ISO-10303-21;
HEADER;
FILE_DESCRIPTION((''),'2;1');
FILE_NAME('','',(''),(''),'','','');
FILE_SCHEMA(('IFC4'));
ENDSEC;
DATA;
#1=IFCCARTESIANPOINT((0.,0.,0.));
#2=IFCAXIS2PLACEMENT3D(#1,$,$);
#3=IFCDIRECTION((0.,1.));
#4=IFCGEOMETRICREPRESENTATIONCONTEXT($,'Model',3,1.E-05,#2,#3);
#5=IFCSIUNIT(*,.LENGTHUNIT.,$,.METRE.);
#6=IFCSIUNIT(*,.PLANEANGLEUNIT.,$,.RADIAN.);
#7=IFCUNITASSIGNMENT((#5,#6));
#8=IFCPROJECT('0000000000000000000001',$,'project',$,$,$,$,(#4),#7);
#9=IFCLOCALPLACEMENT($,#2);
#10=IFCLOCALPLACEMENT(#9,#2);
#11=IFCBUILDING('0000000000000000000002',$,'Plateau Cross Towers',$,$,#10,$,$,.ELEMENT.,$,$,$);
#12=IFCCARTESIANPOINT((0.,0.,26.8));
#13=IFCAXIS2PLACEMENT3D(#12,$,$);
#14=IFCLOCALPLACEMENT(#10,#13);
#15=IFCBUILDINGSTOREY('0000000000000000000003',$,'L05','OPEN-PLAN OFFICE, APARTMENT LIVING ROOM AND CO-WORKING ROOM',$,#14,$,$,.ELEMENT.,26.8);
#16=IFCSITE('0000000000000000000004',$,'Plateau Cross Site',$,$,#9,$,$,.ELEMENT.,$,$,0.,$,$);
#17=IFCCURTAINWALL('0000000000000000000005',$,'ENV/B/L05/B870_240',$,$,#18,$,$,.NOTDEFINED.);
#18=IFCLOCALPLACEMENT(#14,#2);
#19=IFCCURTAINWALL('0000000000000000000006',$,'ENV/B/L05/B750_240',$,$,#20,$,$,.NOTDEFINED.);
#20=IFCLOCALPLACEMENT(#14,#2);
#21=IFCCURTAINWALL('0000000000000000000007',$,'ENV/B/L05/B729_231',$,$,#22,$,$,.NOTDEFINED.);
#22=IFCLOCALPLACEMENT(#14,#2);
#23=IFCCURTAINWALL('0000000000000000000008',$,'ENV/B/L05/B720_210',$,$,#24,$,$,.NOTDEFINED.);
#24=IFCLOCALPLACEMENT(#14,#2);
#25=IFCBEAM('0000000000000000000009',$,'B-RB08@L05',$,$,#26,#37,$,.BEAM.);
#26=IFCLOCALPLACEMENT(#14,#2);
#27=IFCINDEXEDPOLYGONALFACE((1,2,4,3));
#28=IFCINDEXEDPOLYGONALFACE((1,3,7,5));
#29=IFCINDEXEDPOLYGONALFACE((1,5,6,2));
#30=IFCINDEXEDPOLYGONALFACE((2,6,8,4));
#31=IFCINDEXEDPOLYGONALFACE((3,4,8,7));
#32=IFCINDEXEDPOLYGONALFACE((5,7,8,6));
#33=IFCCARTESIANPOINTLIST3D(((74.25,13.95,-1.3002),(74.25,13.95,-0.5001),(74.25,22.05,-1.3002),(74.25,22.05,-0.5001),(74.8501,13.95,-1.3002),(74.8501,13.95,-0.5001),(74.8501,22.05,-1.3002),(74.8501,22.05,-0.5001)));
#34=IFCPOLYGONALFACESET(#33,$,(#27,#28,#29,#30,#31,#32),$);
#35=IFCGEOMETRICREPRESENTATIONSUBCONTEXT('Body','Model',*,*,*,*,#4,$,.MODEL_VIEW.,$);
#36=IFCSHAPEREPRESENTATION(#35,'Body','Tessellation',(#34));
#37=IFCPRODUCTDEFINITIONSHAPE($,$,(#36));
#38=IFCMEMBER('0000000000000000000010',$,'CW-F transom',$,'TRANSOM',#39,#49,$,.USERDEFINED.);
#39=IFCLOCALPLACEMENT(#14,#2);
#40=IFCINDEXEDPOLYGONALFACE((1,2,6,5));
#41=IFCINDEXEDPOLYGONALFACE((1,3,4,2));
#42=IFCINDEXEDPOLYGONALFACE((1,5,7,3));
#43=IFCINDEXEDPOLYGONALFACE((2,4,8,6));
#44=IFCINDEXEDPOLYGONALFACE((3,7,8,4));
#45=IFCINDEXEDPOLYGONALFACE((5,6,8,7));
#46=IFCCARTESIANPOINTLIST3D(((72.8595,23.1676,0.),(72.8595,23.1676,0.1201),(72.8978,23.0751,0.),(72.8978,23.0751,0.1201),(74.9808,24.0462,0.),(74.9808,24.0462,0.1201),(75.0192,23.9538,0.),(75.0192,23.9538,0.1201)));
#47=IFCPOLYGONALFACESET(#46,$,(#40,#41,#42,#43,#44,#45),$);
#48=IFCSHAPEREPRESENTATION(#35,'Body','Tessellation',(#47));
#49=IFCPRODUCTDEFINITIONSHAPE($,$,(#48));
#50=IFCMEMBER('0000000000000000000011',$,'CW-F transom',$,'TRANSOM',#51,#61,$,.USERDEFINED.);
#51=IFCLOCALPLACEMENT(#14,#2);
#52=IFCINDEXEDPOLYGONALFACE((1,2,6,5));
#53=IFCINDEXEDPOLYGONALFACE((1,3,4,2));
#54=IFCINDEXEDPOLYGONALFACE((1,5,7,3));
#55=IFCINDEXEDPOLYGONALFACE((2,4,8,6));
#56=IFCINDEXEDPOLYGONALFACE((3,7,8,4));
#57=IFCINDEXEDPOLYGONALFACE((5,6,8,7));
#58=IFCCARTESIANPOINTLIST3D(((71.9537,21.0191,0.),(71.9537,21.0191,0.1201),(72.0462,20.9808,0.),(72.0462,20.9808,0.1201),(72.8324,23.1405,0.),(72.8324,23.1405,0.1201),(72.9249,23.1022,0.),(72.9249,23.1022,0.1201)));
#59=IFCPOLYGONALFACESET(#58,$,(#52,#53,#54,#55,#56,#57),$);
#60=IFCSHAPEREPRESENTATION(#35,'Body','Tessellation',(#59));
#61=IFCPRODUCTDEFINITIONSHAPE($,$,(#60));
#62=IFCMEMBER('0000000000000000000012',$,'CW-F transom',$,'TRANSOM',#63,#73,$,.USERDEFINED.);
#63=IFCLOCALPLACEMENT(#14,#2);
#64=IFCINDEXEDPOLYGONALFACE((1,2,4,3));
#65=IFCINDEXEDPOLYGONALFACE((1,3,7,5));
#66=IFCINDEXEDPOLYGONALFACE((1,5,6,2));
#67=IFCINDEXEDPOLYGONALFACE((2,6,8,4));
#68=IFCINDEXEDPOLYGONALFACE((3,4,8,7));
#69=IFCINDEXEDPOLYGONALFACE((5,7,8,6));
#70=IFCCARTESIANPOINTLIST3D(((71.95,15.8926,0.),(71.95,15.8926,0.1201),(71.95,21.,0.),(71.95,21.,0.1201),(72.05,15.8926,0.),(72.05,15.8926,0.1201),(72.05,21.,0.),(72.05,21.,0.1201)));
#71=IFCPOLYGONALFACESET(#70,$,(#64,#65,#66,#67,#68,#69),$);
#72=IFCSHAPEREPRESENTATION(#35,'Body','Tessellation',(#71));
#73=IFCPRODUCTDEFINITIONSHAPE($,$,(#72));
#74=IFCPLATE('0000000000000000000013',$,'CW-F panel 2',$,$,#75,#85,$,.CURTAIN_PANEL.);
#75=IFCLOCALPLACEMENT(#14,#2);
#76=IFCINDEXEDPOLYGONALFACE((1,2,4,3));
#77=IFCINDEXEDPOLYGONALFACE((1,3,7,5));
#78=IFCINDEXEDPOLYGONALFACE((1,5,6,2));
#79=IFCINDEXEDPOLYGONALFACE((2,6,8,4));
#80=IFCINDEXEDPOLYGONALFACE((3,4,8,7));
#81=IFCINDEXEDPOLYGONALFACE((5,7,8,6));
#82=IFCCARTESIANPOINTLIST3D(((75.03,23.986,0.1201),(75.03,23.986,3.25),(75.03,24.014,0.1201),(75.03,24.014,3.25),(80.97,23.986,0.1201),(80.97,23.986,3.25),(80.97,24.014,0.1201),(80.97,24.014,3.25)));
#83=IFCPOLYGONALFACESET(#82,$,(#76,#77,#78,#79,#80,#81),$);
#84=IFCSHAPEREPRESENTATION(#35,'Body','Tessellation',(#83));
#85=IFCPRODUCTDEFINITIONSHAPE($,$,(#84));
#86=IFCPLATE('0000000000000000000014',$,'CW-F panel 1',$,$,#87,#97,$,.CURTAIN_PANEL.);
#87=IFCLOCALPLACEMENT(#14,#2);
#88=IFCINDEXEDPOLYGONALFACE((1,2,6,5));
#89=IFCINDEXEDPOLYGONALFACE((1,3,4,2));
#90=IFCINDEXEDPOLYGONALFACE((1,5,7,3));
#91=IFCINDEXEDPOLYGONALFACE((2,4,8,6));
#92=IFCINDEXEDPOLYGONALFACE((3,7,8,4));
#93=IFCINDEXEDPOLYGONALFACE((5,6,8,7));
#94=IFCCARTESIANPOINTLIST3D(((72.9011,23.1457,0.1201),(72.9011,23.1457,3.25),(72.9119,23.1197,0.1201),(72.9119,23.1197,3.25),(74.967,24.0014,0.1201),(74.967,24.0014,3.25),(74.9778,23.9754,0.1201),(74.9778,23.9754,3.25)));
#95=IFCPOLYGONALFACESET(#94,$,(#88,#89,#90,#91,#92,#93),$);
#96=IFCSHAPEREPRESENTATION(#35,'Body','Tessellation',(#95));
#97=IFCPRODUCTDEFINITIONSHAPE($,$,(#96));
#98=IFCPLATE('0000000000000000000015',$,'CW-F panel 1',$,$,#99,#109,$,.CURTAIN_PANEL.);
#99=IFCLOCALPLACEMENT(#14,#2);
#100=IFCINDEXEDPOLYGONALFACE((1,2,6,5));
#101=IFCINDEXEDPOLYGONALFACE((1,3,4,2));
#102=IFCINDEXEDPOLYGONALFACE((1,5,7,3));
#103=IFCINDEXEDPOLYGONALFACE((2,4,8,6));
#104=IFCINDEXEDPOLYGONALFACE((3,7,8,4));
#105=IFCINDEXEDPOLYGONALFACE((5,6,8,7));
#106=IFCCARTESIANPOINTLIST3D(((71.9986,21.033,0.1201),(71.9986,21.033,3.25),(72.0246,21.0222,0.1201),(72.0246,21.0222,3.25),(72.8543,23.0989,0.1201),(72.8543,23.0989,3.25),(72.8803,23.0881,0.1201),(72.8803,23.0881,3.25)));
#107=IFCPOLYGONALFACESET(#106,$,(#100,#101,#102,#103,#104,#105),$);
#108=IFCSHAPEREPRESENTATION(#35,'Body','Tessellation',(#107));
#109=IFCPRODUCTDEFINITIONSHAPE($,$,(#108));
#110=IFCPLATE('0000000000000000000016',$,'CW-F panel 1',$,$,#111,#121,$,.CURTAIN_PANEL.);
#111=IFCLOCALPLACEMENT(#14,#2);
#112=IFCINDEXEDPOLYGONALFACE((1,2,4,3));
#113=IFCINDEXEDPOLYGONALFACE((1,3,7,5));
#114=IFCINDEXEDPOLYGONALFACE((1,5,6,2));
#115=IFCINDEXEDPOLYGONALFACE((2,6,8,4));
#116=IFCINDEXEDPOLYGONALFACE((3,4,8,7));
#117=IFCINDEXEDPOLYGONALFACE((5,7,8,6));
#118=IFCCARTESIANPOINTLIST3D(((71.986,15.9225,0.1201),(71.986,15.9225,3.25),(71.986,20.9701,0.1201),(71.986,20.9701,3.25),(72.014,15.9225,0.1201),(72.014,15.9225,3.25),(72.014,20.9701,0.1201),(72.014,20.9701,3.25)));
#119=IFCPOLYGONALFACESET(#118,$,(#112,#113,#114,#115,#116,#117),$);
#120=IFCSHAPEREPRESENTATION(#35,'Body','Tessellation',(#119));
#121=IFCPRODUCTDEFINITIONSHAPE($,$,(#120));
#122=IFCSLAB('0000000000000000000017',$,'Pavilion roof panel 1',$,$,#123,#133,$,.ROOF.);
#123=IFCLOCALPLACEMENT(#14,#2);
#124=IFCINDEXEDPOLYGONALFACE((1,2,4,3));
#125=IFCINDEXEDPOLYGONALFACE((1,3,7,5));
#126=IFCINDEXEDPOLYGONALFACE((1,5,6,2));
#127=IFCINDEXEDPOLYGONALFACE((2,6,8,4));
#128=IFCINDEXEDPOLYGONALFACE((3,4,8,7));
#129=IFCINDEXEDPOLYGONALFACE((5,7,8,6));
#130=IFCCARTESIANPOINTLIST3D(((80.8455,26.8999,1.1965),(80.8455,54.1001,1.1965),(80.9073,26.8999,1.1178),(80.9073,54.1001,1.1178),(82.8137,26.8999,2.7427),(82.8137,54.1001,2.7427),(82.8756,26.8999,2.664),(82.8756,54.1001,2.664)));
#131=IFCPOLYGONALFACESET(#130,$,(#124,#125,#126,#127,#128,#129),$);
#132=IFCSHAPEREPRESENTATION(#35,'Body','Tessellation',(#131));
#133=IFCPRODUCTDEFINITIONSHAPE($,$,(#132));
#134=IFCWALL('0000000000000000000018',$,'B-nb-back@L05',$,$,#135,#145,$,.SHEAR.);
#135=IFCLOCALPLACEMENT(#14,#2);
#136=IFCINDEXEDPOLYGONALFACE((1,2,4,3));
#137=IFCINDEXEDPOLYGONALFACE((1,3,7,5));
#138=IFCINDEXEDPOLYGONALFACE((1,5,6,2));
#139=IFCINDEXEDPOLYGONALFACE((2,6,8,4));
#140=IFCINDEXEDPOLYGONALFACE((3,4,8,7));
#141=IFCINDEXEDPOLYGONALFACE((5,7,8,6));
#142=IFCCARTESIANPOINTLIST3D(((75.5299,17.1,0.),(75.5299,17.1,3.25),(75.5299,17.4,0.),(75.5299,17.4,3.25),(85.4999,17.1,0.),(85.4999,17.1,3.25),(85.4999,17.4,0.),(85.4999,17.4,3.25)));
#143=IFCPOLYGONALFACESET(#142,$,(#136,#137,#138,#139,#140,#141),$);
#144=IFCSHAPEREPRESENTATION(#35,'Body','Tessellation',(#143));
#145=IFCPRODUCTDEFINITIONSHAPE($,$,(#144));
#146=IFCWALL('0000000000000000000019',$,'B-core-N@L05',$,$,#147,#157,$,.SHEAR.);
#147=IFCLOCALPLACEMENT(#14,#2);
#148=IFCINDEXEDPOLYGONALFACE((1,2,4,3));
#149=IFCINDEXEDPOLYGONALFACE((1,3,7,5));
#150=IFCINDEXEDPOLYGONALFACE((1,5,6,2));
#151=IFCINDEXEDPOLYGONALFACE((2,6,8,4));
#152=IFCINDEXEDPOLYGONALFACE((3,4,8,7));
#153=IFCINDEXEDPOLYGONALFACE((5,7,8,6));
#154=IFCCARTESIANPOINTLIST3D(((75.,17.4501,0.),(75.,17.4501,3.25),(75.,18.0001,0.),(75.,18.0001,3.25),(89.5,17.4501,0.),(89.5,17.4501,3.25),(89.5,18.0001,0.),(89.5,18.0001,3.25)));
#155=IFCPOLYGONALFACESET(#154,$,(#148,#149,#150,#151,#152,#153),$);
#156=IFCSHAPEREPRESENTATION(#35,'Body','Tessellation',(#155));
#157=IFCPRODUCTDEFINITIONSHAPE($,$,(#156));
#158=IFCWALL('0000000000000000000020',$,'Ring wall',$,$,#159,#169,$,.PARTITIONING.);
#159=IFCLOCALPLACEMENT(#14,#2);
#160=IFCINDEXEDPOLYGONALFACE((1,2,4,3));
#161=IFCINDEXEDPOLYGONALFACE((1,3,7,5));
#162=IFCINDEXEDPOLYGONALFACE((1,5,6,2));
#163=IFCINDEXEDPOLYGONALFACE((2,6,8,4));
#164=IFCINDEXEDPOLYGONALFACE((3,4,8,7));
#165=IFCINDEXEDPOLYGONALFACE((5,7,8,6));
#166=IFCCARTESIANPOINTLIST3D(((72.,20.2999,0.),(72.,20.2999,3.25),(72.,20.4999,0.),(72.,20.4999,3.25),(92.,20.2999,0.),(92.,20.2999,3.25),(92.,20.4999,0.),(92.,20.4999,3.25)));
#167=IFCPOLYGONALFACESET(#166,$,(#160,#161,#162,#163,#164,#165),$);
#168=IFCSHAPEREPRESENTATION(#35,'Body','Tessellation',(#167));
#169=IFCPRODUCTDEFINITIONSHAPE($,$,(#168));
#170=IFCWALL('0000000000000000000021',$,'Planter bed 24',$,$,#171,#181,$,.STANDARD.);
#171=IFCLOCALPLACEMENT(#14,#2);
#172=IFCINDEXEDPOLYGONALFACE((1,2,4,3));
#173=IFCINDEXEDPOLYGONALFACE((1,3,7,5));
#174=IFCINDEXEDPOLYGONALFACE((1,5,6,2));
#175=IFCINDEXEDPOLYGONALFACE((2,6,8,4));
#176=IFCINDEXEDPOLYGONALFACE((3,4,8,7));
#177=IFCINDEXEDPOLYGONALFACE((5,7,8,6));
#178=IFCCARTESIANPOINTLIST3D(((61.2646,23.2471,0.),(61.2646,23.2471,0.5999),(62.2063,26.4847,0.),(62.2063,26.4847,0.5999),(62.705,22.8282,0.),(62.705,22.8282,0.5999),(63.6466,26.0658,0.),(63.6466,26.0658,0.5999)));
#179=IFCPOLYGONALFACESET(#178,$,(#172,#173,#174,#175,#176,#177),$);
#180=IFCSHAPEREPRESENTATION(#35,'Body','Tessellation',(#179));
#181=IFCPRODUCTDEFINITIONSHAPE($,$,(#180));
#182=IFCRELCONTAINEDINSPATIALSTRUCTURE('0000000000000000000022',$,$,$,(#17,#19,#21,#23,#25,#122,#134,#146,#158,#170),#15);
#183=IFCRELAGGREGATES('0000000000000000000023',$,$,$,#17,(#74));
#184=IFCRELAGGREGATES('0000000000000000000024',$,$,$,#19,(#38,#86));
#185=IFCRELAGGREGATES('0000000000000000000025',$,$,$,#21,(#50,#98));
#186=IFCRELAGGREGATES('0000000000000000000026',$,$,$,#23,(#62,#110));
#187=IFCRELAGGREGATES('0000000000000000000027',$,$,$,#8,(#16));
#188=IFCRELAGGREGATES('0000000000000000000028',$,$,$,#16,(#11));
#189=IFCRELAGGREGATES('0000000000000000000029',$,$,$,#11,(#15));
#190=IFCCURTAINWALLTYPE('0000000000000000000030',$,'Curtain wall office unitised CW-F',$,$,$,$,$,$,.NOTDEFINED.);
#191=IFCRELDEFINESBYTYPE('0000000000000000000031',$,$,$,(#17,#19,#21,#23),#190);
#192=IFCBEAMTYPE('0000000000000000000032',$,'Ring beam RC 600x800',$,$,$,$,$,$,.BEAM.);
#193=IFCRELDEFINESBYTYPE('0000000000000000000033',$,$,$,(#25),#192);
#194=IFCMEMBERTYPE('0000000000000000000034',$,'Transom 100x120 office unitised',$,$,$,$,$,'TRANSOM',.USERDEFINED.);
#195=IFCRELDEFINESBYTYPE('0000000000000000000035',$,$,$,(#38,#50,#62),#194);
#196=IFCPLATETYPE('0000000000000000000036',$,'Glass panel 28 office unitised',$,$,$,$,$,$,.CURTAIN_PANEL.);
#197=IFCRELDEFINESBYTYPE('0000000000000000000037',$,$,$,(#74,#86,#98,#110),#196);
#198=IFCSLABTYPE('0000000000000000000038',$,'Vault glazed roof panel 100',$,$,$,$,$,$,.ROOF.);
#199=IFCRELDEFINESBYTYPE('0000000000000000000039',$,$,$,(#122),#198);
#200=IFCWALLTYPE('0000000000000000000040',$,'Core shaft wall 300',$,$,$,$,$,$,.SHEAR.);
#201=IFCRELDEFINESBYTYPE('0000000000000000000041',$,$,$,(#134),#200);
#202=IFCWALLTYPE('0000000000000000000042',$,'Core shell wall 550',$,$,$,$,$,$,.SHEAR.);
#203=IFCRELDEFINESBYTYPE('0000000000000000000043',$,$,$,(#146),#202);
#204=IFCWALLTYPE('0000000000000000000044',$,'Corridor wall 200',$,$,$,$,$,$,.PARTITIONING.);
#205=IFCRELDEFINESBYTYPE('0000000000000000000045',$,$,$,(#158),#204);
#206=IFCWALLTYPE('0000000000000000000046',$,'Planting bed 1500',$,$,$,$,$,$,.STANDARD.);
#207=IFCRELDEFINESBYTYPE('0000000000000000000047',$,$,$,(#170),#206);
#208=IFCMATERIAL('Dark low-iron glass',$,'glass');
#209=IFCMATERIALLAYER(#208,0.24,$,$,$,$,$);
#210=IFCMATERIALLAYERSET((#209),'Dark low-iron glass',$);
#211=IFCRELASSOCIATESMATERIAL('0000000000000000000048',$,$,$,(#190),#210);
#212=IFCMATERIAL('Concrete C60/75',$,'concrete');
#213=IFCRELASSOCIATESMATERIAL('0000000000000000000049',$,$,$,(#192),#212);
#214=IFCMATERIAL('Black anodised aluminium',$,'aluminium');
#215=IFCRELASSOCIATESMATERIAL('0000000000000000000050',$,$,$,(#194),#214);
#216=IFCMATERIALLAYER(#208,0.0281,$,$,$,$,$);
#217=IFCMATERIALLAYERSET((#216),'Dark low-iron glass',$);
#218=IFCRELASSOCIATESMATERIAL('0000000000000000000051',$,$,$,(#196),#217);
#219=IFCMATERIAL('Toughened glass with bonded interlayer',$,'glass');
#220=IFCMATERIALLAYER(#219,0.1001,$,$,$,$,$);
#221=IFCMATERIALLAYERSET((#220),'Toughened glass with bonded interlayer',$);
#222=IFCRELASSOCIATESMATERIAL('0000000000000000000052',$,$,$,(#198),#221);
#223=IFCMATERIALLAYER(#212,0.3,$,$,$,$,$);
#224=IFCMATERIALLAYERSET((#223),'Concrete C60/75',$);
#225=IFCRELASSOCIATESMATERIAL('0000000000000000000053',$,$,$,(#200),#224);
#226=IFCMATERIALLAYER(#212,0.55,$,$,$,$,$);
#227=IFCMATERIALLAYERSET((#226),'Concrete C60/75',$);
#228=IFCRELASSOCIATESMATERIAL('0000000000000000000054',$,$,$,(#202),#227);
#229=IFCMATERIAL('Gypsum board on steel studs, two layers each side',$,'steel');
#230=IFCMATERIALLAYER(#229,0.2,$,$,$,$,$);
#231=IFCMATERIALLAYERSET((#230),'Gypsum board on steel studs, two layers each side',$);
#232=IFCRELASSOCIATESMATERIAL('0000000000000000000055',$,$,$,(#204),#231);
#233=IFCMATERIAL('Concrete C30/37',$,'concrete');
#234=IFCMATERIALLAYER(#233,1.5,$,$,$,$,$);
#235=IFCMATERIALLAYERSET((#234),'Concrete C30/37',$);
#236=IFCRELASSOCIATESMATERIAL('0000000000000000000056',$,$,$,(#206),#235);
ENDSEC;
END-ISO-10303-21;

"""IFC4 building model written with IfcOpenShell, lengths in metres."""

from ifc_helpers import new_model, si_unit, direction, frame, frame_2d, origin, origin_2d, place, context, subcontext, project, spatial, polyline, rectangle, outline, extrude, material, layer, layer_set, material_profile, profile_set, type_object, element, aggregate, save


model = new_model("IFC4")

# Units and contexts
model_context = context("Model", 3, precision=1e-05, world=origin(), true_north=direction((0.0, 1.0)))
body_context = subcontext(model_context, "Body", "Model", "MODEL_VIEW")
ifc_project = project(units=[si_unit("LENGTHUNIT", "METRE"), si_unit("PLANEANGLEUNIT", "RADIAN")], contexts=[model_context])

# Site, building, storey
site_placement = place(None, origin())
site = spatial("IfcSite", under=ifc_project, at=site_placement, Name="Plateau Cross Site", CompositionType="ELEMENT", RefElevation=0.0)
building_placement = place(site_placement, origin())
building = spatial("IfcBuilding", under=site, at=building_placement, Name="Plateau Cross Towers", CompositionType="ELEMENT")
storey_placement = place(building_placement, frame((0.0, 0.0, 26.8)))
storey = spatial("IfcBuildingStorey", under=building, at=storey_placement, Name="L05", Description="OPEN-PLAN OFFICE, APARTMENT LIVING ROOM AND CO-WORKING ROOM", CompositionType="ELEMENT", Elevation=26.8)

# Shared definitions
ifc_material_1 = material(Name="Concrete C60/75", Category="concrete")

# Curtain walls
ifc_material_2 = material(Name="Dark low-iron glass", Category="glass")
ifc_layer_1 = layer(ifc_material_2, 0.24)
ifc_layer_set_1 = layer_set([ifc_layer_1], Name="Dark low-iron glass")
curtain_wall_type = type_object("IfcCurtainWallType", Name="Curtain wall office unitised CW-F", PredefinedType="NOTDEFINED", material=ifc_layer_set_1)
curtain_wall_1_placement = place(storey_placement, origin())
curtain_wall_1 = element("IfcCurtainWall", 1, at=curtain_wall_1_placement, inside=storey, type_object=curtain_wall_type, Name="ENV/B/L05/B870_240", PredefinedType="NOTDEFINED")
ifc_material_3 = material(Name="Black anodised aluminium", Category="aluminium")
curtain_wall_2_placement = place(storey_placement, origin())
curtain_wall_2 = element("IfcCurtainWall", 2, at=curtain_wall_2_placement, inside=storey, type_object=curtain_wall_type, Name="ENV/B/L05/B750_240", PredefinedType="NOTDEFINED")
curtain_wall_3_placement = place(storey_placement, origin())
curtain_wall_3 = element("IfcCurtainWall", 3, at=curtain_wall_3_placement, inside=storey, type_object=curtain_wall_type, Name="ENV/B/L05/B729_231", PredefinedType="NOTDEFINED")
curtain_wall_4_placement = place(storey_placement, origin())
curtain_wall_4 = element("IfcCurtainWall", 4, at=curtain_wall_4_placement, inside=storey, type_object=curtain_wall_type, Name="ENV/B/L05/B720_210", PredefinedType="NOTDEFINED")

# Beam
ifc_material_profile_1 = material_profile(ifc_material_1, rectangle(XDim=0.6001, YDim=0.8, at=origin_2d()), Name="RC 600x800")
ifc_profile_set_1 = profile_set([ifc_material_profile_1], Name="Concrete C60/75")
beam_type = type_object("IfcBeamType", Name="Ring beam RC 600x800", PredefinedType="BEAM", material=ifc_profile_set_1)
beam_placement = place(storey_placement, frame((74.55, 22.05, -0.9001), z_axis=(0.0, -1.0, 0.0), x_axis=(1.0, 0.0, 0.0)))
element("IfcBeam", 5, at=beam_placement, inside=storey, type_object=beam_type, Name="B-RB08@L05", PredefinedType="BEAM", context=body_context, shape_type="SweptSolid", body=[
    extrude(rectangle(XDim=0.6001, YDim=0.8, at=origin_2d()), origin(), (0.0, 0.0, 1.0), 8.1001),
])

# Members
ifc_material_profile_2 = material_profile(ifc_material_3, rectangle(XDim=0.1001, YDim=0.1201, at=origin_2d()), Name="TRANSOM 100x120")
ifc_profile_set_2 = profile_set([ifc_material_profile_2], Name="Black anodised aluminium")
member_type_1 = type_object("IfcMemberType", Name="Transom 100x120 office unitised", ElementType="TRANSOM", PredefinedType="USERDEFINED", material=ifc_profile_set_2)
member_1_placement = place(storey_placement, frame((75.0, 24.0, 0.0601), z_axis=(-0.923883, -0.382674, 0.0), x_axis=(0.382674, -0.923883, 0.0)))
member_1 = element("IfcMember", 6, at=member_1_placement, type_object=member_type_1, Name="CW-F transom", ObjectType="TRANSOM", PredefinedType="USERDEFINED", context=body_context, shape_type="SweptSolid", body=[
    extrude(rectangle(XDim=0.1001, YDim=0.1201, at=origin_2d()), origin(), (0.0, 0.0, 1.0), 2.2961),
])
member_2_placement = place(storey_placement, frame((72.8787, 23.1213, 0.0601), z_axis=(-0.382674, -0.923883, 0.0), x_axis=(0.923883, -0.382674, 0.0)))
member_2 = element("IfcMember", 7, at=member_2_placement, type_object=member_type_1, Name="CW-F transom", ObjectType="TRANSOM", PredefinedType="USERDEFINED", context=body_context, shape_type="SweptSolid", body=[
    extrude(rectangle(XDim=0.1001, YDim=0.1201, at=origin_2d()), origin(), (0.0, 0.0, 1.0), 2.2961),
])
member_3_placement = place(storey_placement, frame((72.0, 21.0, 0.0601), z_axis=(0.0, -1.0, 0.0), x_axis=(1.0, 0.0, 0.0)))
member_3 = element("IfcMember", 8, at=member_3_placement, type_object=member_type_1, Name="CW-F transom", ObjectType="TRANSOM", PredefinedType="USERDEFINED", context=body_context, shape_type="SweptSolid", body=[
    extrude(rectangle(XDim=0.1001, YDim=0.1201, at=origin_2d()), origin(), (0.0, 0.0, 1.0), 5.1074),
])

# Plates
ifc_layer_2 = layer(ifc_material_2, 0.0281)
ifc_layer_set_2 = layer_set([ifc_layer_2], Name="Dark low-iron glass")
plate_type = type_object("IfcPlateType", Name="Glass panel 28 office unitised", PredefinedType="CURTAIN_PANEL", material=ifc_layer_set_2)
plate_1_placement = place(storey_placement, frame((78.0, 24.0, 0.1201), z_axis=(0.0, 0.0, 1.0), x_axis=(-1.0, 0.0, 0.0)))
plate_1 = element("IfcPlate", 9, at=plate_1_placement, type_object=plate_type, Name="CW-F panel 2", PredefinedType="CURTAIN_PANEL", context=body_context, shape_type="SweptSolid", body=[
    extrude(rectangle(XDim=5.9399, YDim=0.0281, at=origin_2d()), origin(), (0.0, 0.0, 1.0), 3.1299),
])
aggregate(curtain_wall_1, [plate_1])
plate_2_placement = place(storey_placement, frame((73.9395, 23.5605, 0.1201), z_axis=(0.0, 0.0, 1.0), x_axis=(-0.923879, -0.382684, 0.0)))
plate_2 = element("IfcPlate", 10, at=plate_2_placement, type_object=plate_type, Name="CW-F panel 1", PredefinedType="CURTAIN_PANEL", context=body_context, shape_type="SweptSolid", body=[
    extrude(rectangle(XDim=2.2361, YDim=0.0281, at=origin_2d()), origin(), (0.0, 0.0, 1.0), 3.1299),
])
aggregate(curtain_wall_2, [member_1, plate_2])
plate_3_placement = place(storey_placement, frame((72.4395, 22.0605, 0.1201), z_axis=(0.0, 0.0, 1.0), x_axis=(-0.382684, -0.923879, 0.0)))
plate_3 = element("IfcPlate", 11, at=plate_3_placement, type_object=plate_type, Name="CW-F panel 1", PredefinedType="CURTAIN_PANEL", context=body_context, shape_type="SweptSolid", body=[
    extrude(rectangle(XDim=2.2361, YDim=0.0281, at=origin_2d()), origin(), (0.0, 0.0, 1.0), 3.1299),
])
aggregate(curtain_wall_3, [member_2, plate_3])
plate_4_placement = place(storey_placement, frame((72.0, 18.4463, 0.1201), z_axis=(0.0, 0.0, 1.0), x_axis=(0.0, -1.0, 0.0)))
plate_4 = element("IfcPlate", 12, at=plate_4_placement, type_object=plate_type, Name="CW-F panel 1", PredefinedType="CURTAIN_PANEL", context=body_context, shape_type="SweptSolid", body=[
    extrude(rectangle(XDim=5.0476, YDim=0.0281, at=origin_2d()), origin(), (0.0, 0.0, 1.0), 3.1299),
])
aggregate(curtain_wall_4, [member_3, plate_4])

# Slab
ifc_material_4 = material(Name="Toughened glass with bonded interlayer", Category="glass")
ifc_layer_3 = layer(ifc_material_4, 0.1001)
ifc_layer_set_3 = layer_set([ifc_layer_3], Name="Toughened glass with bonded interlayer")
slab_type = type_object("IfcSlabType", Name="Vault glazed roof panel 100", PredefinedType="ROOF", material=ifc_layer_set_3)
slab_placement = place(storey_placement, frame((80.8455, 26.8999, 1.1965), z_axis=(-0.617735, 0.0, 0.786386), x_axis=(0.786386, 0.0, 0.617735)))
element("IfcSlab", 13, at=slab_placement, inside=storey, type_object=slab_type, Name="Pavilion roof panel 1", PredefinedType="ROOF", context=body_context, shape_type="SweptSolid", body=[
    extrude(outline(polyline([(0.0, 0.0), (2.5029, 0.0), (2.5029, 27.2002), (0.0, 27.2002), (0.0, 0.0)])), origin(), (0.0, 0.0, -1.0), 0.1001),
])

# Walls
ifc_layer_4 = layer(ifc_material_1, 0.3)
ifc_layer_set_4 = layer_set([ifc_layer_4], Name="Concrete C60/75")
wall_type_1 = type_object("IfcWallType", Name="Core shaft wall 300", PredefinedType="SHEAR", material=ifc_layer_set_4)
wall_1_placement = place(storey_placement, frame((75.53, 17.25, 0.0), z_axis=(0.0, 0.0, 1.0), x_axis=(1.0, 0.0, 0.0)))
element("IfcWall", 14, at=wall_1_placement, inside=storey, type_object=wall_type_1, Name="B-nb-back@L05", PredefinedType="SHEAR", context=body_context, shape_type="SweptSolid", body=[
    extrude(rectangle(XDim=9.97, YDim=0.3, at=frame_2d((4.9849, 0.0))), origin(), (0.0, 0.0, 1.0), 3.25),
])
ifc_layer_5 = layer(ifc_material_1, 0.55)
ifc_layer_set_5 = layer_set([ifc_layer_5], Name="Concrete C60/75")
wall_type_2 = type_object("IfcWallType", Name="Core shell wall 550", PredefinedType="SHEAR", material=ifc_layer_set_5)
wall_2_placement = place(storey_placement, frame((75.0, 17.7251, 0.0), z_axis=(0.0, 0.0, 1.0), x_axis=(1.0, 0.0, 0.0)))
element("IfcWall", 15, at=wall_2_placement, inside=storey, type_object=wall_type_2, Name="B-core-N@L05", PredefinedType="SHEAR", context=body_context, shape_type="SweptSolid", body=[
    extrude(rectangle(XDim=14.5, YDim=0.55, at=frame_2d((7.25, 0.0))), origin(), (0.0, 0.0, 1.0), 3.25),
])
ifc_material_5 = material(Name="Gypsum board on steel studs, two layers each side", Category="steel")
ifc_layer_6 = layer(ifc_material_5, 0.2)
ifc_layer_set_6 = layer_set([ifc_layer_6], Name="Gypsum board on steel studs, two layers each side")
wall_type_3 = type_object("IfcWallType", Name="Corridor wall 200", PredefinedType="PARTITIONING", material=ifc_layer_set_6)
wall_3_placement = place(storey_placement, frame((72.0, 20.3999, 0.0), z_axis=(0.0, 0.0, 1.0), x_axis=(1.0, 0.0, 0.0)))
element("IfcWall", 16, at=wall_3_placement, inside=storey, type_object=wall_type_3, Name="Ring wall", PredefinedType="PARTITIONING", context=body_context, shape_type="SweptSolid", body=[
    extrude(rectangle(XDim=20.0, YDim=0.2, at=frame_2d((10.0, 0.0))), origin(), (0.0, 0.0, 1.0), 3.25),
])

# Wall
ifc_material_6 = material(Name="Concrete C30/37", Category="concrete")
ifc_layer_7 = layer(ifc_material_6, 1.5)
ifc_layer_set_7 = layer_set([ifc_layer_7], Name="Concrete C30/37")
wall_type_4 = type_object("IfcWallType", Name="Planting bed 1500", PredefinedType="STANDARD", material=ifc_layer_set_7)
wall_4_placement = place(storey_placement, frame((62.9265, 26.2754, 0.0), z_axis=(0.0, 0.0, 1.0), x_axis=(-0.27928, -0.96021, 0.0)))
element("IfcWall", 17, at=wall_4_placement, inside=storey, type_object=wall_type_4, Name="Planter bed 24", PredefinedType="STANDARD", context=body_context, shape_type="SweptSolid", body=[
    extrude(rectangle(XDim=3.3718, YDim=1.5, at=frame_2d((1.686, 0.0))), origin(), (0.0, 0.0, 1.0), 0.5999),
])

save(model, "model.ifc")
